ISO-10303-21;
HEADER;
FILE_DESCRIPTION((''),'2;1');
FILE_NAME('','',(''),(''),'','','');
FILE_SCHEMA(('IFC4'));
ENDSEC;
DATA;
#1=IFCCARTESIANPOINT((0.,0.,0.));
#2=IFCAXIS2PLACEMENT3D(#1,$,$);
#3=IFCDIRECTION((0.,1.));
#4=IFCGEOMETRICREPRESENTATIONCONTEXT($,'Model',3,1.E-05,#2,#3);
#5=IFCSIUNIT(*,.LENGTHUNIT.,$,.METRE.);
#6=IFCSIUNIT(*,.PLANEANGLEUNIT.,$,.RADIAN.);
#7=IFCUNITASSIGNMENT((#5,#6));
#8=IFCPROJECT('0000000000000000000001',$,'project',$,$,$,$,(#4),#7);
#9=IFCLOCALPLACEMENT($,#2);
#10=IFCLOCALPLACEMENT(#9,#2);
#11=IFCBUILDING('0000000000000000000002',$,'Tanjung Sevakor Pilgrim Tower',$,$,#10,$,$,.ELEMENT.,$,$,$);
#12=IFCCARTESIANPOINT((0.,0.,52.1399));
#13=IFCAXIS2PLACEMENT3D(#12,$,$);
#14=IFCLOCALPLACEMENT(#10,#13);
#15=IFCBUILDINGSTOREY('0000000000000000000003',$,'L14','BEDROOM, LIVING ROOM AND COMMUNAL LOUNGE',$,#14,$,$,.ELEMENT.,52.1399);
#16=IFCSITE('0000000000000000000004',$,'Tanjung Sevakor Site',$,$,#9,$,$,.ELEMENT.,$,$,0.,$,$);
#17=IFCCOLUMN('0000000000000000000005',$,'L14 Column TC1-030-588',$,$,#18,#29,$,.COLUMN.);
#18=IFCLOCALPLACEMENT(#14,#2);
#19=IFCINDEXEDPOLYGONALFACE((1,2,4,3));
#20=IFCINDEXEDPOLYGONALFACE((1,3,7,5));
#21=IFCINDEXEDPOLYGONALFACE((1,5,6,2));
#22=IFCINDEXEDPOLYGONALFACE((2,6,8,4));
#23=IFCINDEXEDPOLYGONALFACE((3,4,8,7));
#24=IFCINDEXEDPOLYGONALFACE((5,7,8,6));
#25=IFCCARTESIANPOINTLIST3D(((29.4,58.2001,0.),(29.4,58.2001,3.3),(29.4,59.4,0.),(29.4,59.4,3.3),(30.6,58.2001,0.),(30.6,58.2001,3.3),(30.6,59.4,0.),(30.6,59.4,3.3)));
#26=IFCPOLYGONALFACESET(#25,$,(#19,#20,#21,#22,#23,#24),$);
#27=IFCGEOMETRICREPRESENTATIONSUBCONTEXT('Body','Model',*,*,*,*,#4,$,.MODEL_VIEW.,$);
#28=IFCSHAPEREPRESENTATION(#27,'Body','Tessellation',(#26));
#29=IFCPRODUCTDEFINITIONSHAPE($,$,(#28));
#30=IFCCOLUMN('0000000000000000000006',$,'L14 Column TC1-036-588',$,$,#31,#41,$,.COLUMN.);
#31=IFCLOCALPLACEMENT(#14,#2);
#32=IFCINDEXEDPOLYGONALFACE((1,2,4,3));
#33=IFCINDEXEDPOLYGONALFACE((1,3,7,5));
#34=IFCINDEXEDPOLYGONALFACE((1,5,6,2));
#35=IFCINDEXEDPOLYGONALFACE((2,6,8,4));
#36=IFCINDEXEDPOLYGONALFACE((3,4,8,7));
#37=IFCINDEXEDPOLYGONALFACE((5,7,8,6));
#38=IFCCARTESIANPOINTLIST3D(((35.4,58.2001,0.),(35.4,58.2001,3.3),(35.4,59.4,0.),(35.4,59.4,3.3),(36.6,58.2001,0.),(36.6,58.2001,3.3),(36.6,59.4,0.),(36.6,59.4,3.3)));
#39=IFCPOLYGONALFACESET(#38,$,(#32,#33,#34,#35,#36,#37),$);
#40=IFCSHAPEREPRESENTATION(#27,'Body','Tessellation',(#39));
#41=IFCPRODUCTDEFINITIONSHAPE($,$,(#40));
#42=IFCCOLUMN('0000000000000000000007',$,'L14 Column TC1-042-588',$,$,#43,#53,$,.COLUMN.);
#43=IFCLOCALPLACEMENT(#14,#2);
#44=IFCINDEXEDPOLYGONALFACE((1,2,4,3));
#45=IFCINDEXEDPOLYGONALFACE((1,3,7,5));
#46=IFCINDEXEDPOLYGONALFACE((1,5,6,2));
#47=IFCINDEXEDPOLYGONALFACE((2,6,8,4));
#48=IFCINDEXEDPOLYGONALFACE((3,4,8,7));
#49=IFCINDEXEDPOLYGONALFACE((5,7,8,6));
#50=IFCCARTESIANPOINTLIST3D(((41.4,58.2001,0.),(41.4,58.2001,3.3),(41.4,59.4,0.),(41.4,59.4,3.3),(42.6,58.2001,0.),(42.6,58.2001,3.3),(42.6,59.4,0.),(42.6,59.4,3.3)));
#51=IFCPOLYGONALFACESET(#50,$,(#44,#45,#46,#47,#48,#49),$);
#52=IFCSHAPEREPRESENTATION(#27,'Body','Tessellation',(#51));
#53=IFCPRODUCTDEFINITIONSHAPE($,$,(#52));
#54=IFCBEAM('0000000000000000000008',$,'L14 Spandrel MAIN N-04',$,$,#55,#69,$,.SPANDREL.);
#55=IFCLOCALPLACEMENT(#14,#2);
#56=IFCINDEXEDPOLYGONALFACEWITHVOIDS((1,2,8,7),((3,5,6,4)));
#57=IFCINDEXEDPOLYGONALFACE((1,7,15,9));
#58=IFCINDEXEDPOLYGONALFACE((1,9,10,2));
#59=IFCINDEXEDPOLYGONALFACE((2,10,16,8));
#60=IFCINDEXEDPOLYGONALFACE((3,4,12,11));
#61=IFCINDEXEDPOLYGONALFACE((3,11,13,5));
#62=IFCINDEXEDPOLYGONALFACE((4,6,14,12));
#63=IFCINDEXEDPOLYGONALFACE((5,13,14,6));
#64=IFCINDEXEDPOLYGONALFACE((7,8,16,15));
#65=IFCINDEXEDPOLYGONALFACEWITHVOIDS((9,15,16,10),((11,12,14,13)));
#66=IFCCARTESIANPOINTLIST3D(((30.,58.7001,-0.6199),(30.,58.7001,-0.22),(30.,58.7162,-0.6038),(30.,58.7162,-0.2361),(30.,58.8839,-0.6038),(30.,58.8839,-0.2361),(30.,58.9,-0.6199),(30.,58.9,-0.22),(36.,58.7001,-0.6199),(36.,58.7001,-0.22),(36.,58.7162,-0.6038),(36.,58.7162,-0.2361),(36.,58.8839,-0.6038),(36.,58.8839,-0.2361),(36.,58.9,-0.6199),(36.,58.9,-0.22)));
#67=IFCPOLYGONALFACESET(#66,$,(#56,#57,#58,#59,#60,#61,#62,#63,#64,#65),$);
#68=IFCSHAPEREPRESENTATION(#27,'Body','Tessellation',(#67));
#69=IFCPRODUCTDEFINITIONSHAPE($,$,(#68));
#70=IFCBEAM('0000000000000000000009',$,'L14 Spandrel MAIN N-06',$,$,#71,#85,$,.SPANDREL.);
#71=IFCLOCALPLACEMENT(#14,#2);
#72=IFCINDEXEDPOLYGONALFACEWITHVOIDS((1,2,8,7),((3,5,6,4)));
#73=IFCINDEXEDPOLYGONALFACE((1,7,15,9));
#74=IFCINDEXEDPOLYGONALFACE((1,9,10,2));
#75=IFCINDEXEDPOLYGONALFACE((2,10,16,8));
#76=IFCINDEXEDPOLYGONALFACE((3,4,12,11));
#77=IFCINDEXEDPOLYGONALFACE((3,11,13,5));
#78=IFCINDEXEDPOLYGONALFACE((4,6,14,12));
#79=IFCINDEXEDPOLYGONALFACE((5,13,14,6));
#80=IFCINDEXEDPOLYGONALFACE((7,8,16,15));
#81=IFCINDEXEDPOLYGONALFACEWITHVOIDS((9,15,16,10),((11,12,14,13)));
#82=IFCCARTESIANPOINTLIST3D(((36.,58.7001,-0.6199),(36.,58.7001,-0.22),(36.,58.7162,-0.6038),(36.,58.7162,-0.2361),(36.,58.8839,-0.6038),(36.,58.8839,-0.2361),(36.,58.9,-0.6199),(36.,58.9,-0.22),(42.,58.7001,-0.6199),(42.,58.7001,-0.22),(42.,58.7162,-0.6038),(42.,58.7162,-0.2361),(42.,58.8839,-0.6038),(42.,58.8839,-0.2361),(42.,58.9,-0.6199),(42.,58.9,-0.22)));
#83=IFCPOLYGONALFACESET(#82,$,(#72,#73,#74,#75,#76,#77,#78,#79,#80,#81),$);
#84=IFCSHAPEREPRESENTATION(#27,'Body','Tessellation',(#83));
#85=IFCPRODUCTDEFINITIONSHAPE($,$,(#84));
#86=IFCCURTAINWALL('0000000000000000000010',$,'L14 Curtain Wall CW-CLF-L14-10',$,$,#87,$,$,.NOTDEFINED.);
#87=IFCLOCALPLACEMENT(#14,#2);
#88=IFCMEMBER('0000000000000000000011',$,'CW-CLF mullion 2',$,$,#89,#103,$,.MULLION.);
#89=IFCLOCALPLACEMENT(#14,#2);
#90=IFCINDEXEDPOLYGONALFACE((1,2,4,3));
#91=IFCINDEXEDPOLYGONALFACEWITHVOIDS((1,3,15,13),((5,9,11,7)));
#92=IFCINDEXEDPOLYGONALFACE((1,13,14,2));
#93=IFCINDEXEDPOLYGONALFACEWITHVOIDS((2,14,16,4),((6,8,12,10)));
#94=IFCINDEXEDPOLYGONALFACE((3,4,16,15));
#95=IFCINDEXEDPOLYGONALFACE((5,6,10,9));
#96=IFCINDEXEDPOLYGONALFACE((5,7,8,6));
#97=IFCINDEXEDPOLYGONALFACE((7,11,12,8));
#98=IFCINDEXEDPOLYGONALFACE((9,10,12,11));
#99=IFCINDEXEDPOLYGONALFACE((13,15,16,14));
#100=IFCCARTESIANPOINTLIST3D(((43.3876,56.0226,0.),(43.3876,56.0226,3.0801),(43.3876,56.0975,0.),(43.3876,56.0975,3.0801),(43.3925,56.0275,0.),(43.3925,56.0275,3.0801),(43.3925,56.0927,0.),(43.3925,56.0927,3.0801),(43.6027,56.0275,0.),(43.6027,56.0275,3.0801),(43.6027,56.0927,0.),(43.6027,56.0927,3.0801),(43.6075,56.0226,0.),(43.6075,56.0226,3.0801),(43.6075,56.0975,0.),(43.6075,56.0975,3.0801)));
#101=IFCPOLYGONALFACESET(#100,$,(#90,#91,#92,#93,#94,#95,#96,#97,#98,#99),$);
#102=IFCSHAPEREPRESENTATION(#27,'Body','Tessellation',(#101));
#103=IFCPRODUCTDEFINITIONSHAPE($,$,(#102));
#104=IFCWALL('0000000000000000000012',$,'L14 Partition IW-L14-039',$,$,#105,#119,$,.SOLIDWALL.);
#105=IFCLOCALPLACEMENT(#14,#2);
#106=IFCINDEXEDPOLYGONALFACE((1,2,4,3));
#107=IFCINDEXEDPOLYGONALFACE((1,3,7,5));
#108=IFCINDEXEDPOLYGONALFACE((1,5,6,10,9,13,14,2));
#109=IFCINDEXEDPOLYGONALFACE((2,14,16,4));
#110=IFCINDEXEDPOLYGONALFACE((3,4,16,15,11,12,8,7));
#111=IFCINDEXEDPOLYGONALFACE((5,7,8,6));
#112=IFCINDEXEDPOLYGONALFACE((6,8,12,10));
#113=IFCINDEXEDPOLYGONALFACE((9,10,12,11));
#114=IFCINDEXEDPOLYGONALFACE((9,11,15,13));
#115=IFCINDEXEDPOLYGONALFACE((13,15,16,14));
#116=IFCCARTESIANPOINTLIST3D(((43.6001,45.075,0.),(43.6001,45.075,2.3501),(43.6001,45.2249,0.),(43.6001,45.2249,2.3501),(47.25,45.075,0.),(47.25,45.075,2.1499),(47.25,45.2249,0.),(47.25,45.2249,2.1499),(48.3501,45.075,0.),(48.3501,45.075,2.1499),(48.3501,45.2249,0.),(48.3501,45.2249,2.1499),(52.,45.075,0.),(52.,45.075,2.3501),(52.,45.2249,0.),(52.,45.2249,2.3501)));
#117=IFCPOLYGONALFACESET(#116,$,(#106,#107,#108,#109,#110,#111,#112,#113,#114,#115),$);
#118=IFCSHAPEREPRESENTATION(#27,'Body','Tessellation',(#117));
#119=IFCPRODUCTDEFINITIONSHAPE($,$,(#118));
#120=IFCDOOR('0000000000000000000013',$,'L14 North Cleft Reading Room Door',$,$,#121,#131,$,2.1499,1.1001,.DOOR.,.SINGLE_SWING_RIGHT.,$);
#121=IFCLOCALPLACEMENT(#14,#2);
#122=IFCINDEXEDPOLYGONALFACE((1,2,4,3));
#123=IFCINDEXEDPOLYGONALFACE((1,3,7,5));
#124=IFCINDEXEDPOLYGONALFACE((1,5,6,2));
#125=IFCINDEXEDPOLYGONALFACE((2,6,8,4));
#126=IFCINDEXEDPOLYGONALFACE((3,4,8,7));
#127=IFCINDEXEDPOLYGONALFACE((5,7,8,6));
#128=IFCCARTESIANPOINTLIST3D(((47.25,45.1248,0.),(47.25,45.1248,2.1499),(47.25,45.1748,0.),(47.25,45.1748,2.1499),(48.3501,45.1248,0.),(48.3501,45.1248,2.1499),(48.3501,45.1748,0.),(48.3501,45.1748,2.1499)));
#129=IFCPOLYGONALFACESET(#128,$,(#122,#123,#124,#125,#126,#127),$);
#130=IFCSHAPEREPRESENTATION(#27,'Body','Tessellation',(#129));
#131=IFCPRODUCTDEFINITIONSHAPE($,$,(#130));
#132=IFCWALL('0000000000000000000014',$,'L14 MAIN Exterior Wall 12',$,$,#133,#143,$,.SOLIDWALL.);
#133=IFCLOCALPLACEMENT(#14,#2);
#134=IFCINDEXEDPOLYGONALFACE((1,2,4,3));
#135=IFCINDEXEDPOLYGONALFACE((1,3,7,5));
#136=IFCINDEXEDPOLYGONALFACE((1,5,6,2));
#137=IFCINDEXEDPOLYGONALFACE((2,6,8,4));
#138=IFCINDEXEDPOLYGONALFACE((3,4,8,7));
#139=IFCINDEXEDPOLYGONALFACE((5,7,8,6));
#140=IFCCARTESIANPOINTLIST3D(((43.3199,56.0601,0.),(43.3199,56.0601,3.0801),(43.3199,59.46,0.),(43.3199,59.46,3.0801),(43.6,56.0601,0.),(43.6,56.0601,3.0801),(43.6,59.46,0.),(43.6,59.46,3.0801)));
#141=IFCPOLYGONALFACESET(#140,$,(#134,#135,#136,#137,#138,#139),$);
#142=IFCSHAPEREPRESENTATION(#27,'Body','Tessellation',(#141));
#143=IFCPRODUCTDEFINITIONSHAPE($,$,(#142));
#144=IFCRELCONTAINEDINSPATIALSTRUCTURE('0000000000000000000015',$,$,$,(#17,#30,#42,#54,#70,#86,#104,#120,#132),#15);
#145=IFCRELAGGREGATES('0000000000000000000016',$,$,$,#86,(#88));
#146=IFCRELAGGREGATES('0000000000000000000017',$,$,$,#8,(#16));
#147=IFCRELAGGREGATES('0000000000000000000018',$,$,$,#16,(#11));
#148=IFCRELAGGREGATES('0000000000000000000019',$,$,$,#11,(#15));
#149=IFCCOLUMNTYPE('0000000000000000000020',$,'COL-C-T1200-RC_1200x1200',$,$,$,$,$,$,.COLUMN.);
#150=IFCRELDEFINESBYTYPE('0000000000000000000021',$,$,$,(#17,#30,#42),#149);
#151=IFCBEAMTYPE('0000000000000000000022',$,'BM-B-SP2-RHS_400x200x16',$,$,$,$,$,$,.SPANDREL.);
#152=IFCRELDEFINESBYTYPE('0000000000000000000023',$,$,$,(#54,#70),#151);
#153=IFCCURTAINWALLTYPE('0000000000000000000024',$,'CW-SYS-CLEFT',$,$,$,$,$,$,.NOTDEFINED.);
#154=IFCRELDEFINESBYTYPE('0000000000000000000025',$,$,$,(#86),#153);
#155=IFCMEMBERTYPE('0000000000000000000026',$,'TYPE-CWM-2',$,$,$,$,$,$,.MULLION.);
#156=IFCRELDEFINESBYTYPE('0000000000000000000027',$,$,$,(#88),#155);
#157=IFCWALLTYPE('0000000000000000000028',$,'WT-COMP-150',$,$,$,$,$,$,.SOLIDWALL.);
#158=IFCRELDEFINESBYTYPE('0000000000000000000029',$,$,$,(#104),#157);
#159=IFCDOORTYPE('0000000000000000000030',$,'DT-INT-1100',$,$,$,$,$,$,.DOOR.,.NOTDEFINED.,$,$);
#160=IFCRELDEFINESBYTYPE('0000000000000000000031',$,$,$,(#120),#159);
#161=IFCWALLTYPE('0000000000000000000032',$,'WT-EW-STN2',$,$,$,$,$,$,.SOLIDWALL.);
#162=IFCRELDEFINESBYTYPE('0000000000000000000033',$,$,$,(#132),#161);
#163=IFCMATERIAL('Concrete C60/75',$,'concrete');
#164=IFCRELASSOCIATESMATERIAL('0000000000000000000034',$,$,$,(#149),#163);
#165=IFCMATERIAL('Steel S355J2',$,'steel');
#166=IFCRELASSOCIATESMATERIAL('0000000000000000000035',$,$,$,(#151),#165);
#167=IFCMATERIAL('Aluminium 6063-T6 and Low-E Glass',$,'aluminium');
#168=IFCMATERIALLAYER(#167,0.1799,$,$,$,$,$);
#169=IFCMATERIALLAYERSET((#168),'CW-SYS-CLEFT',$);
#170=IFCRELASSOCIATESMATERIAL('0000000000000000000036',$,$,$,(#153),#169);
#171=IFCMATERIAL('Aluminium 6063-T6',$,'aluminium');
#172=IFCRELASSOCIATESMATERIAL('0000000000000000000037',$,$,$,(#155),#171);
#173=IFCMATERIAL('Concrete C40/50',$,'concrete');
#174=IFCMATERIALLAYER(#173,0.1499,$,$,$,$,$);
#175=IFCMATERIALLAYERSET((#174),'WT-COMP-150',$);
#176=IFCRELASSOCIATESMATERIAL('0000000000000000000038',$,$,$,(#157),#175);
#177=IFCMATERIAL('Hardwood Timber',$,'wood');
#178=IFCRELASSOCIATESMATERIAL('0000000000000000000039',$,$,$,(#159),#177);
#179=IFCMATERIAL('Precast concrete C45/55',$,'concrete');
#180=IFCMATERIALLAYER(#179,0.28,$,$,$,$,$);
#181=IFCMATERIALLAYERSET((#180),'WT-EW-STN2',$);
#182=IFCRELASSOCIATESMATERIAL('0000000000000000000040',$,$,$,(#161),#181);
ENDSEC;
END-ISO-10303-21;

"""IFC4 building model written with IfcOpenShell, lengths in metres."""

from ifc_helpers import new_model, si_unit, direction, frame, frame_2d, origin, origin_2d, place, context, subcontext, project, spatial, rectangle, hollow_rectangle, extrude, material, layer, layer_set, material_profile, profile_set, type_object, element, fill, aggregate, save


model = new_model("IFC4")

# Units and contexts
model_context = context("Model", 3, precision=1e-05, world=origin(), true_north=direction((0.0, 1.0)))
body_context = subcontext(model_context, "Body", "Model", "MODEL_VIEW")
ifc_project = project(units=[si_unit("LENGTHUNIT", "METRE"), si_unit("PLANEANGLEUNIT", "RADIAN")], contexts=[model_context])

# Site, building, storey
site_placement = place(None, origin())
site = spatial("IfcSite", under=ifc_project, at=site_placement, Name="Tanjung Sevakor Site", CompositionType="ELEMENT", RefElevation=0.0)
building_placement = place(site_placement, origin())
building = spatial("IfcBuilding", under=site, at=building_placement, Name="Tanjung Sevakor Pilgrim Tower", CompositionType="ELEMENT")
storey_placement = place(building_placement, frame((0.0, 0.0, 52.1399)))
storey = spatial("IfcBuildingStorey", under=building, at=storey_placement, Name="L14", Description="BEDROOM, LIVING ROOM AND COMMUNAL LOUNGE", CompositionType="ELEMENT", Elevation=52.1399)

# Columns
ifc_material_1 = material(Name="Concrete C60/75", Category="concrete")
ifc_material_profile_1 = material_profile(ifc_material_1, rectangle(XDim=1.2, YDim=1.2, at=origin_2d()))
ifc_profile_set_1 = profile_set([ifc_material_profile_1], Name="Concrete C60/75")
column_type = type_object("IfcColumnType", Name="COL-C-T1200-RC_1200x1200", PredefinedType="COLUMN", material=ifc_profile_set_1)
for number, where, z_axis, x_axis, name in (
    (1, (30.0, 58.8, 0.0), (0.0, 0.0, 1.0), (1.0, 0.0, 0.0), "L14 Column TC1-030-588"),
    (2, (36.0, 58.8, 0.0), (0.0, 0.0, 1.0), (1.0, 0.0, 0.0), "L14 Column TC1-036-588"),
    (3, (42.0, 58.8, 0.0), (0.0, 0.0, 1.0), (1.0, 0.0, 0.0), "L14 Column TC1-042-588"),
):
    element("IfcColumn", number, at=place(storey_placement, frame(where, z_axis=z_axis, x_axis=x_axis)), inside=storey, type_object=column_type, Name=name, PredefinedType="COLUMN", context=body_context, shape_type="SweptSolid", body=[
        extrude(rectangle(XDim=1.2, YDim=1.2, at=origin_2d()), origin(), (0.0, 0.0, 1.0), 3.3),
    ])

# Beams
ifc_material_2 = material(Name="Steel S355J2", Category="steel")
ifc_material_profile_2 = material_profile(ifc_material_2, hollow_rectangle(XDim=0.2, YDim=0.3999, WallThickness=0.0161, at=origin_2d()))
ifc_profile_set_2 = profile_set([ifc_material_profile_2], Name="Steel S355J2")
beam_type = type_object("IfcBeamType", Name="BM-B-SP2-RHS_400x200x16", PredefinedType="SPANDREL", material=ifc_profile_set_2)
for number, where, z_axis, x_axis, name in (
    (4, (30.0, 58.8, -0.4199), (1.0, 0.0, 0.0), (0.0, 1.0, 0.0), "L14 Spandrel MAIN N-04"),
    (5, (36.0, 58.8, -0.4199), (1.0, 0.0, 0.0), (0.0, 1.0, 0.0), "L14 Spandrel MAIN N-06"),
):
    element("IfcBeam", number, at=place(storey_placement, frame(where, z_axis=z_axis, x_axis=x_axis)), inside=storey, type_object=beam_type, Name=name, PredefinedType="SPANDREL", context=body_context, shape_type="SweptSolid", body=[
        extrude(hollow_rectangle(XDim=0.2, YDim=0.3999, WallThickness=0.0161, at=origin_2d()), origin(), (0.0, 0.0, 1.0), 6.0),
    ])

# Curtain wall, member
ifc_material_3 = material(Name="Aluminium 6063-T6 and Low-E Glass", Category="aluminium")
ifc_layer_1 = layer(ifc_material_3, 0.1799)
ifc_layer_set_1 = layer_set([ifc_layer_1], Name="CW-SYS-CLEFT")
curtain_wall_type = type_object("IfcCurtainWallType", Name="CW-SYS-CLEFT", PredefinedType="NOTDEFINED", material=ifc_layer_set_1)
curtain_wall_placement = place(storey_placement, origin())
curtain_wall = element("IfcCurtainWall", 6, at=curtain_wall_placement, inside=storey, type_object=curtain_wall_type, Name="L14 Curtain Wall CW-CLF-L14-10", PredefinedType="NOTDEFINED")
ifc_material_4 = material(Name="Aluminium 6063-T6", Category="aluminium")
ifc_material_profile_3 = material_profile(ifc_material_4, hollow_rectangle(XDim=0.075, YDim=0.22, WallThickness=0.0049, at=origin_2d()))
ifc_profile_set_3 = profile_set([ifc_material_profile_3], Name="Aluminium 6063-T6")
member_type = type_object("IfcMemberType", Name="TYPE-CWM-2", PredefinedType="MULLION", material=ifc_profile_set_3)
member_placement = place(storey_placement, frame((43.4976, 56.0601, 0.0), z_axis=(0.0, 0.0, 1.0), x_axis=(0.0, -1.0, 0.0)))
member = element("IfcMember", 7, at=member_placement, type_object=member_type, Name="CW-CLF mullion 2", PredefinedType="MULLION", context=body_context, shape_type="SweptSolid", body=[
    extrude(hollow_rectangle(XDim=0.075, YDim=0.22, WallThickness=0.0049, at=origin_2d()), origin(), (0.0, 0.0, 1.0), 3.0801),
])
aggregate(curtain_wall, [member])

# Wall, opening, door
ifc_material_5 = material(Name="Concrete C40/50", Category="concrete")
ifc_layer_2 = layer(ifc_material_5, 0.1499)
ifc_layer_set_2 = layer_set([ifc_layer_2], Name="WT-COMP-150")
wall_type_1 = type_object("IfcWallType", Name="WT-COMP-150", PredefinedType="SOLIDWALL", material=ifc_layer_set_2)
wall_1_placement = place(storey_placement, frame((43.6001, 45.1499, 0.0), z_axis=(0.0, 0.0, 1.0), x_axis=(1.0, 0.0, 0.0)))
wall_1 = element("IfcWall", 8, at=wall_1_placement, inside=storey, type_object=wall_type_1, Name="L14 Partition IW-L14-039", PredefinedType="SOLIDWALL", context=body_context, shape_type="SweptSolid", body=[
    extrude(rectangle(XDim=8.3999, YDim=0.1499, at=frame_2d((4.2, 0.0))), origin(), (0.0, 0.0, 1.0), 2.3501),
])
opening_1_placement = place(wall_1_placement, frame((3.6499, 0.0, 0.0)))
opening_1 = element("IfcOpeningElement", 9, at=opening_1_placement, cuts=wall_1, PredefinedType="OPENING", context=body_context, shape_type="SweptSolid", body=[
    extrude(rectangle(XDim=1.1001, YDim=2.1499, at=frame_2d((0.55, 1.075))), frame((0.0, 0.085, 0.0), z_axis=(0.0, -1.0, 0.0), x_axis=(1.0, 0.0, 0.0)), (0.0, 0.0, 1.0), 0.1699),
])
ifc_material_6 = material(Name="Hardwood Timber", Category="wood")
door_type_1 = type_object("IfcDoorType", Name="DT-INT-1100", OperationType="NOTDEFINED", PredefinedType="DOOR", material=ifc_material_6)
door_1_placement = place(opening_1_placement, origin())
door_1 = element("IfcDoor", 10, at=door_1_placement, inside=storey, type_object=door_type_1, Name="L14 North Cleft Reading Room Door", OperationType="SINGLE_SWING_RIGHT", OverallHeight=2.1499, OverallWidth=1.1001, PredefinedType="DOOR", context=body_context, shape_type="SweptSolid", body=[
    extrude(rectangle(XDim=1.1001, YDim=2.1499, at=frame_2d((0.55, 1.075))), frame((0.0, 0.0249, 0.0), z_axis=(0.0, -1.0, 0.0), x_axis=(1.0, 0.0, 0.0)), (0.0, 0.0, 1.0), 0.05),
])
fill(opening_1, door_1)

# Wall
ifc_material_7 = material(Name="Precast concrete C45/55", Category="concrete")
ifc_layer_3 = layer(ifc_material_7, 0.28)
ifc_layer_set_3 = layer_set([ifc_layer_3], Name="WT-EW-STN2")
wall_type_2 = type_object("IfcWallType", Name="WT-EW-STN2", PredefinedType="SOLIDWALL", material=ifc_layer_set_3)
wall_2_placement = place(storey_placement, frame((43.46, 56.0601, 0.0), z_axis=(0.0, 0.0, 1.0), x_axis=(0.0, 1.0, 0.0)))
element("IfcWall", 11, at=wall_2_placement, inside=storey, type_object=wall_type_2, Name="L14 MAIN Exterior Wall 12", PredefinedType="SOLIDWALL", context=body_context, shape_type="SweptSolid", body=[
    extrude(rectangle(XDim=3.3999, YDim=0.28, at=frame_2d((1.7, 0.0))), origin(), (0.0, 0.0, 1.0), 3.0801),
])

save(model, "model.ifc")
